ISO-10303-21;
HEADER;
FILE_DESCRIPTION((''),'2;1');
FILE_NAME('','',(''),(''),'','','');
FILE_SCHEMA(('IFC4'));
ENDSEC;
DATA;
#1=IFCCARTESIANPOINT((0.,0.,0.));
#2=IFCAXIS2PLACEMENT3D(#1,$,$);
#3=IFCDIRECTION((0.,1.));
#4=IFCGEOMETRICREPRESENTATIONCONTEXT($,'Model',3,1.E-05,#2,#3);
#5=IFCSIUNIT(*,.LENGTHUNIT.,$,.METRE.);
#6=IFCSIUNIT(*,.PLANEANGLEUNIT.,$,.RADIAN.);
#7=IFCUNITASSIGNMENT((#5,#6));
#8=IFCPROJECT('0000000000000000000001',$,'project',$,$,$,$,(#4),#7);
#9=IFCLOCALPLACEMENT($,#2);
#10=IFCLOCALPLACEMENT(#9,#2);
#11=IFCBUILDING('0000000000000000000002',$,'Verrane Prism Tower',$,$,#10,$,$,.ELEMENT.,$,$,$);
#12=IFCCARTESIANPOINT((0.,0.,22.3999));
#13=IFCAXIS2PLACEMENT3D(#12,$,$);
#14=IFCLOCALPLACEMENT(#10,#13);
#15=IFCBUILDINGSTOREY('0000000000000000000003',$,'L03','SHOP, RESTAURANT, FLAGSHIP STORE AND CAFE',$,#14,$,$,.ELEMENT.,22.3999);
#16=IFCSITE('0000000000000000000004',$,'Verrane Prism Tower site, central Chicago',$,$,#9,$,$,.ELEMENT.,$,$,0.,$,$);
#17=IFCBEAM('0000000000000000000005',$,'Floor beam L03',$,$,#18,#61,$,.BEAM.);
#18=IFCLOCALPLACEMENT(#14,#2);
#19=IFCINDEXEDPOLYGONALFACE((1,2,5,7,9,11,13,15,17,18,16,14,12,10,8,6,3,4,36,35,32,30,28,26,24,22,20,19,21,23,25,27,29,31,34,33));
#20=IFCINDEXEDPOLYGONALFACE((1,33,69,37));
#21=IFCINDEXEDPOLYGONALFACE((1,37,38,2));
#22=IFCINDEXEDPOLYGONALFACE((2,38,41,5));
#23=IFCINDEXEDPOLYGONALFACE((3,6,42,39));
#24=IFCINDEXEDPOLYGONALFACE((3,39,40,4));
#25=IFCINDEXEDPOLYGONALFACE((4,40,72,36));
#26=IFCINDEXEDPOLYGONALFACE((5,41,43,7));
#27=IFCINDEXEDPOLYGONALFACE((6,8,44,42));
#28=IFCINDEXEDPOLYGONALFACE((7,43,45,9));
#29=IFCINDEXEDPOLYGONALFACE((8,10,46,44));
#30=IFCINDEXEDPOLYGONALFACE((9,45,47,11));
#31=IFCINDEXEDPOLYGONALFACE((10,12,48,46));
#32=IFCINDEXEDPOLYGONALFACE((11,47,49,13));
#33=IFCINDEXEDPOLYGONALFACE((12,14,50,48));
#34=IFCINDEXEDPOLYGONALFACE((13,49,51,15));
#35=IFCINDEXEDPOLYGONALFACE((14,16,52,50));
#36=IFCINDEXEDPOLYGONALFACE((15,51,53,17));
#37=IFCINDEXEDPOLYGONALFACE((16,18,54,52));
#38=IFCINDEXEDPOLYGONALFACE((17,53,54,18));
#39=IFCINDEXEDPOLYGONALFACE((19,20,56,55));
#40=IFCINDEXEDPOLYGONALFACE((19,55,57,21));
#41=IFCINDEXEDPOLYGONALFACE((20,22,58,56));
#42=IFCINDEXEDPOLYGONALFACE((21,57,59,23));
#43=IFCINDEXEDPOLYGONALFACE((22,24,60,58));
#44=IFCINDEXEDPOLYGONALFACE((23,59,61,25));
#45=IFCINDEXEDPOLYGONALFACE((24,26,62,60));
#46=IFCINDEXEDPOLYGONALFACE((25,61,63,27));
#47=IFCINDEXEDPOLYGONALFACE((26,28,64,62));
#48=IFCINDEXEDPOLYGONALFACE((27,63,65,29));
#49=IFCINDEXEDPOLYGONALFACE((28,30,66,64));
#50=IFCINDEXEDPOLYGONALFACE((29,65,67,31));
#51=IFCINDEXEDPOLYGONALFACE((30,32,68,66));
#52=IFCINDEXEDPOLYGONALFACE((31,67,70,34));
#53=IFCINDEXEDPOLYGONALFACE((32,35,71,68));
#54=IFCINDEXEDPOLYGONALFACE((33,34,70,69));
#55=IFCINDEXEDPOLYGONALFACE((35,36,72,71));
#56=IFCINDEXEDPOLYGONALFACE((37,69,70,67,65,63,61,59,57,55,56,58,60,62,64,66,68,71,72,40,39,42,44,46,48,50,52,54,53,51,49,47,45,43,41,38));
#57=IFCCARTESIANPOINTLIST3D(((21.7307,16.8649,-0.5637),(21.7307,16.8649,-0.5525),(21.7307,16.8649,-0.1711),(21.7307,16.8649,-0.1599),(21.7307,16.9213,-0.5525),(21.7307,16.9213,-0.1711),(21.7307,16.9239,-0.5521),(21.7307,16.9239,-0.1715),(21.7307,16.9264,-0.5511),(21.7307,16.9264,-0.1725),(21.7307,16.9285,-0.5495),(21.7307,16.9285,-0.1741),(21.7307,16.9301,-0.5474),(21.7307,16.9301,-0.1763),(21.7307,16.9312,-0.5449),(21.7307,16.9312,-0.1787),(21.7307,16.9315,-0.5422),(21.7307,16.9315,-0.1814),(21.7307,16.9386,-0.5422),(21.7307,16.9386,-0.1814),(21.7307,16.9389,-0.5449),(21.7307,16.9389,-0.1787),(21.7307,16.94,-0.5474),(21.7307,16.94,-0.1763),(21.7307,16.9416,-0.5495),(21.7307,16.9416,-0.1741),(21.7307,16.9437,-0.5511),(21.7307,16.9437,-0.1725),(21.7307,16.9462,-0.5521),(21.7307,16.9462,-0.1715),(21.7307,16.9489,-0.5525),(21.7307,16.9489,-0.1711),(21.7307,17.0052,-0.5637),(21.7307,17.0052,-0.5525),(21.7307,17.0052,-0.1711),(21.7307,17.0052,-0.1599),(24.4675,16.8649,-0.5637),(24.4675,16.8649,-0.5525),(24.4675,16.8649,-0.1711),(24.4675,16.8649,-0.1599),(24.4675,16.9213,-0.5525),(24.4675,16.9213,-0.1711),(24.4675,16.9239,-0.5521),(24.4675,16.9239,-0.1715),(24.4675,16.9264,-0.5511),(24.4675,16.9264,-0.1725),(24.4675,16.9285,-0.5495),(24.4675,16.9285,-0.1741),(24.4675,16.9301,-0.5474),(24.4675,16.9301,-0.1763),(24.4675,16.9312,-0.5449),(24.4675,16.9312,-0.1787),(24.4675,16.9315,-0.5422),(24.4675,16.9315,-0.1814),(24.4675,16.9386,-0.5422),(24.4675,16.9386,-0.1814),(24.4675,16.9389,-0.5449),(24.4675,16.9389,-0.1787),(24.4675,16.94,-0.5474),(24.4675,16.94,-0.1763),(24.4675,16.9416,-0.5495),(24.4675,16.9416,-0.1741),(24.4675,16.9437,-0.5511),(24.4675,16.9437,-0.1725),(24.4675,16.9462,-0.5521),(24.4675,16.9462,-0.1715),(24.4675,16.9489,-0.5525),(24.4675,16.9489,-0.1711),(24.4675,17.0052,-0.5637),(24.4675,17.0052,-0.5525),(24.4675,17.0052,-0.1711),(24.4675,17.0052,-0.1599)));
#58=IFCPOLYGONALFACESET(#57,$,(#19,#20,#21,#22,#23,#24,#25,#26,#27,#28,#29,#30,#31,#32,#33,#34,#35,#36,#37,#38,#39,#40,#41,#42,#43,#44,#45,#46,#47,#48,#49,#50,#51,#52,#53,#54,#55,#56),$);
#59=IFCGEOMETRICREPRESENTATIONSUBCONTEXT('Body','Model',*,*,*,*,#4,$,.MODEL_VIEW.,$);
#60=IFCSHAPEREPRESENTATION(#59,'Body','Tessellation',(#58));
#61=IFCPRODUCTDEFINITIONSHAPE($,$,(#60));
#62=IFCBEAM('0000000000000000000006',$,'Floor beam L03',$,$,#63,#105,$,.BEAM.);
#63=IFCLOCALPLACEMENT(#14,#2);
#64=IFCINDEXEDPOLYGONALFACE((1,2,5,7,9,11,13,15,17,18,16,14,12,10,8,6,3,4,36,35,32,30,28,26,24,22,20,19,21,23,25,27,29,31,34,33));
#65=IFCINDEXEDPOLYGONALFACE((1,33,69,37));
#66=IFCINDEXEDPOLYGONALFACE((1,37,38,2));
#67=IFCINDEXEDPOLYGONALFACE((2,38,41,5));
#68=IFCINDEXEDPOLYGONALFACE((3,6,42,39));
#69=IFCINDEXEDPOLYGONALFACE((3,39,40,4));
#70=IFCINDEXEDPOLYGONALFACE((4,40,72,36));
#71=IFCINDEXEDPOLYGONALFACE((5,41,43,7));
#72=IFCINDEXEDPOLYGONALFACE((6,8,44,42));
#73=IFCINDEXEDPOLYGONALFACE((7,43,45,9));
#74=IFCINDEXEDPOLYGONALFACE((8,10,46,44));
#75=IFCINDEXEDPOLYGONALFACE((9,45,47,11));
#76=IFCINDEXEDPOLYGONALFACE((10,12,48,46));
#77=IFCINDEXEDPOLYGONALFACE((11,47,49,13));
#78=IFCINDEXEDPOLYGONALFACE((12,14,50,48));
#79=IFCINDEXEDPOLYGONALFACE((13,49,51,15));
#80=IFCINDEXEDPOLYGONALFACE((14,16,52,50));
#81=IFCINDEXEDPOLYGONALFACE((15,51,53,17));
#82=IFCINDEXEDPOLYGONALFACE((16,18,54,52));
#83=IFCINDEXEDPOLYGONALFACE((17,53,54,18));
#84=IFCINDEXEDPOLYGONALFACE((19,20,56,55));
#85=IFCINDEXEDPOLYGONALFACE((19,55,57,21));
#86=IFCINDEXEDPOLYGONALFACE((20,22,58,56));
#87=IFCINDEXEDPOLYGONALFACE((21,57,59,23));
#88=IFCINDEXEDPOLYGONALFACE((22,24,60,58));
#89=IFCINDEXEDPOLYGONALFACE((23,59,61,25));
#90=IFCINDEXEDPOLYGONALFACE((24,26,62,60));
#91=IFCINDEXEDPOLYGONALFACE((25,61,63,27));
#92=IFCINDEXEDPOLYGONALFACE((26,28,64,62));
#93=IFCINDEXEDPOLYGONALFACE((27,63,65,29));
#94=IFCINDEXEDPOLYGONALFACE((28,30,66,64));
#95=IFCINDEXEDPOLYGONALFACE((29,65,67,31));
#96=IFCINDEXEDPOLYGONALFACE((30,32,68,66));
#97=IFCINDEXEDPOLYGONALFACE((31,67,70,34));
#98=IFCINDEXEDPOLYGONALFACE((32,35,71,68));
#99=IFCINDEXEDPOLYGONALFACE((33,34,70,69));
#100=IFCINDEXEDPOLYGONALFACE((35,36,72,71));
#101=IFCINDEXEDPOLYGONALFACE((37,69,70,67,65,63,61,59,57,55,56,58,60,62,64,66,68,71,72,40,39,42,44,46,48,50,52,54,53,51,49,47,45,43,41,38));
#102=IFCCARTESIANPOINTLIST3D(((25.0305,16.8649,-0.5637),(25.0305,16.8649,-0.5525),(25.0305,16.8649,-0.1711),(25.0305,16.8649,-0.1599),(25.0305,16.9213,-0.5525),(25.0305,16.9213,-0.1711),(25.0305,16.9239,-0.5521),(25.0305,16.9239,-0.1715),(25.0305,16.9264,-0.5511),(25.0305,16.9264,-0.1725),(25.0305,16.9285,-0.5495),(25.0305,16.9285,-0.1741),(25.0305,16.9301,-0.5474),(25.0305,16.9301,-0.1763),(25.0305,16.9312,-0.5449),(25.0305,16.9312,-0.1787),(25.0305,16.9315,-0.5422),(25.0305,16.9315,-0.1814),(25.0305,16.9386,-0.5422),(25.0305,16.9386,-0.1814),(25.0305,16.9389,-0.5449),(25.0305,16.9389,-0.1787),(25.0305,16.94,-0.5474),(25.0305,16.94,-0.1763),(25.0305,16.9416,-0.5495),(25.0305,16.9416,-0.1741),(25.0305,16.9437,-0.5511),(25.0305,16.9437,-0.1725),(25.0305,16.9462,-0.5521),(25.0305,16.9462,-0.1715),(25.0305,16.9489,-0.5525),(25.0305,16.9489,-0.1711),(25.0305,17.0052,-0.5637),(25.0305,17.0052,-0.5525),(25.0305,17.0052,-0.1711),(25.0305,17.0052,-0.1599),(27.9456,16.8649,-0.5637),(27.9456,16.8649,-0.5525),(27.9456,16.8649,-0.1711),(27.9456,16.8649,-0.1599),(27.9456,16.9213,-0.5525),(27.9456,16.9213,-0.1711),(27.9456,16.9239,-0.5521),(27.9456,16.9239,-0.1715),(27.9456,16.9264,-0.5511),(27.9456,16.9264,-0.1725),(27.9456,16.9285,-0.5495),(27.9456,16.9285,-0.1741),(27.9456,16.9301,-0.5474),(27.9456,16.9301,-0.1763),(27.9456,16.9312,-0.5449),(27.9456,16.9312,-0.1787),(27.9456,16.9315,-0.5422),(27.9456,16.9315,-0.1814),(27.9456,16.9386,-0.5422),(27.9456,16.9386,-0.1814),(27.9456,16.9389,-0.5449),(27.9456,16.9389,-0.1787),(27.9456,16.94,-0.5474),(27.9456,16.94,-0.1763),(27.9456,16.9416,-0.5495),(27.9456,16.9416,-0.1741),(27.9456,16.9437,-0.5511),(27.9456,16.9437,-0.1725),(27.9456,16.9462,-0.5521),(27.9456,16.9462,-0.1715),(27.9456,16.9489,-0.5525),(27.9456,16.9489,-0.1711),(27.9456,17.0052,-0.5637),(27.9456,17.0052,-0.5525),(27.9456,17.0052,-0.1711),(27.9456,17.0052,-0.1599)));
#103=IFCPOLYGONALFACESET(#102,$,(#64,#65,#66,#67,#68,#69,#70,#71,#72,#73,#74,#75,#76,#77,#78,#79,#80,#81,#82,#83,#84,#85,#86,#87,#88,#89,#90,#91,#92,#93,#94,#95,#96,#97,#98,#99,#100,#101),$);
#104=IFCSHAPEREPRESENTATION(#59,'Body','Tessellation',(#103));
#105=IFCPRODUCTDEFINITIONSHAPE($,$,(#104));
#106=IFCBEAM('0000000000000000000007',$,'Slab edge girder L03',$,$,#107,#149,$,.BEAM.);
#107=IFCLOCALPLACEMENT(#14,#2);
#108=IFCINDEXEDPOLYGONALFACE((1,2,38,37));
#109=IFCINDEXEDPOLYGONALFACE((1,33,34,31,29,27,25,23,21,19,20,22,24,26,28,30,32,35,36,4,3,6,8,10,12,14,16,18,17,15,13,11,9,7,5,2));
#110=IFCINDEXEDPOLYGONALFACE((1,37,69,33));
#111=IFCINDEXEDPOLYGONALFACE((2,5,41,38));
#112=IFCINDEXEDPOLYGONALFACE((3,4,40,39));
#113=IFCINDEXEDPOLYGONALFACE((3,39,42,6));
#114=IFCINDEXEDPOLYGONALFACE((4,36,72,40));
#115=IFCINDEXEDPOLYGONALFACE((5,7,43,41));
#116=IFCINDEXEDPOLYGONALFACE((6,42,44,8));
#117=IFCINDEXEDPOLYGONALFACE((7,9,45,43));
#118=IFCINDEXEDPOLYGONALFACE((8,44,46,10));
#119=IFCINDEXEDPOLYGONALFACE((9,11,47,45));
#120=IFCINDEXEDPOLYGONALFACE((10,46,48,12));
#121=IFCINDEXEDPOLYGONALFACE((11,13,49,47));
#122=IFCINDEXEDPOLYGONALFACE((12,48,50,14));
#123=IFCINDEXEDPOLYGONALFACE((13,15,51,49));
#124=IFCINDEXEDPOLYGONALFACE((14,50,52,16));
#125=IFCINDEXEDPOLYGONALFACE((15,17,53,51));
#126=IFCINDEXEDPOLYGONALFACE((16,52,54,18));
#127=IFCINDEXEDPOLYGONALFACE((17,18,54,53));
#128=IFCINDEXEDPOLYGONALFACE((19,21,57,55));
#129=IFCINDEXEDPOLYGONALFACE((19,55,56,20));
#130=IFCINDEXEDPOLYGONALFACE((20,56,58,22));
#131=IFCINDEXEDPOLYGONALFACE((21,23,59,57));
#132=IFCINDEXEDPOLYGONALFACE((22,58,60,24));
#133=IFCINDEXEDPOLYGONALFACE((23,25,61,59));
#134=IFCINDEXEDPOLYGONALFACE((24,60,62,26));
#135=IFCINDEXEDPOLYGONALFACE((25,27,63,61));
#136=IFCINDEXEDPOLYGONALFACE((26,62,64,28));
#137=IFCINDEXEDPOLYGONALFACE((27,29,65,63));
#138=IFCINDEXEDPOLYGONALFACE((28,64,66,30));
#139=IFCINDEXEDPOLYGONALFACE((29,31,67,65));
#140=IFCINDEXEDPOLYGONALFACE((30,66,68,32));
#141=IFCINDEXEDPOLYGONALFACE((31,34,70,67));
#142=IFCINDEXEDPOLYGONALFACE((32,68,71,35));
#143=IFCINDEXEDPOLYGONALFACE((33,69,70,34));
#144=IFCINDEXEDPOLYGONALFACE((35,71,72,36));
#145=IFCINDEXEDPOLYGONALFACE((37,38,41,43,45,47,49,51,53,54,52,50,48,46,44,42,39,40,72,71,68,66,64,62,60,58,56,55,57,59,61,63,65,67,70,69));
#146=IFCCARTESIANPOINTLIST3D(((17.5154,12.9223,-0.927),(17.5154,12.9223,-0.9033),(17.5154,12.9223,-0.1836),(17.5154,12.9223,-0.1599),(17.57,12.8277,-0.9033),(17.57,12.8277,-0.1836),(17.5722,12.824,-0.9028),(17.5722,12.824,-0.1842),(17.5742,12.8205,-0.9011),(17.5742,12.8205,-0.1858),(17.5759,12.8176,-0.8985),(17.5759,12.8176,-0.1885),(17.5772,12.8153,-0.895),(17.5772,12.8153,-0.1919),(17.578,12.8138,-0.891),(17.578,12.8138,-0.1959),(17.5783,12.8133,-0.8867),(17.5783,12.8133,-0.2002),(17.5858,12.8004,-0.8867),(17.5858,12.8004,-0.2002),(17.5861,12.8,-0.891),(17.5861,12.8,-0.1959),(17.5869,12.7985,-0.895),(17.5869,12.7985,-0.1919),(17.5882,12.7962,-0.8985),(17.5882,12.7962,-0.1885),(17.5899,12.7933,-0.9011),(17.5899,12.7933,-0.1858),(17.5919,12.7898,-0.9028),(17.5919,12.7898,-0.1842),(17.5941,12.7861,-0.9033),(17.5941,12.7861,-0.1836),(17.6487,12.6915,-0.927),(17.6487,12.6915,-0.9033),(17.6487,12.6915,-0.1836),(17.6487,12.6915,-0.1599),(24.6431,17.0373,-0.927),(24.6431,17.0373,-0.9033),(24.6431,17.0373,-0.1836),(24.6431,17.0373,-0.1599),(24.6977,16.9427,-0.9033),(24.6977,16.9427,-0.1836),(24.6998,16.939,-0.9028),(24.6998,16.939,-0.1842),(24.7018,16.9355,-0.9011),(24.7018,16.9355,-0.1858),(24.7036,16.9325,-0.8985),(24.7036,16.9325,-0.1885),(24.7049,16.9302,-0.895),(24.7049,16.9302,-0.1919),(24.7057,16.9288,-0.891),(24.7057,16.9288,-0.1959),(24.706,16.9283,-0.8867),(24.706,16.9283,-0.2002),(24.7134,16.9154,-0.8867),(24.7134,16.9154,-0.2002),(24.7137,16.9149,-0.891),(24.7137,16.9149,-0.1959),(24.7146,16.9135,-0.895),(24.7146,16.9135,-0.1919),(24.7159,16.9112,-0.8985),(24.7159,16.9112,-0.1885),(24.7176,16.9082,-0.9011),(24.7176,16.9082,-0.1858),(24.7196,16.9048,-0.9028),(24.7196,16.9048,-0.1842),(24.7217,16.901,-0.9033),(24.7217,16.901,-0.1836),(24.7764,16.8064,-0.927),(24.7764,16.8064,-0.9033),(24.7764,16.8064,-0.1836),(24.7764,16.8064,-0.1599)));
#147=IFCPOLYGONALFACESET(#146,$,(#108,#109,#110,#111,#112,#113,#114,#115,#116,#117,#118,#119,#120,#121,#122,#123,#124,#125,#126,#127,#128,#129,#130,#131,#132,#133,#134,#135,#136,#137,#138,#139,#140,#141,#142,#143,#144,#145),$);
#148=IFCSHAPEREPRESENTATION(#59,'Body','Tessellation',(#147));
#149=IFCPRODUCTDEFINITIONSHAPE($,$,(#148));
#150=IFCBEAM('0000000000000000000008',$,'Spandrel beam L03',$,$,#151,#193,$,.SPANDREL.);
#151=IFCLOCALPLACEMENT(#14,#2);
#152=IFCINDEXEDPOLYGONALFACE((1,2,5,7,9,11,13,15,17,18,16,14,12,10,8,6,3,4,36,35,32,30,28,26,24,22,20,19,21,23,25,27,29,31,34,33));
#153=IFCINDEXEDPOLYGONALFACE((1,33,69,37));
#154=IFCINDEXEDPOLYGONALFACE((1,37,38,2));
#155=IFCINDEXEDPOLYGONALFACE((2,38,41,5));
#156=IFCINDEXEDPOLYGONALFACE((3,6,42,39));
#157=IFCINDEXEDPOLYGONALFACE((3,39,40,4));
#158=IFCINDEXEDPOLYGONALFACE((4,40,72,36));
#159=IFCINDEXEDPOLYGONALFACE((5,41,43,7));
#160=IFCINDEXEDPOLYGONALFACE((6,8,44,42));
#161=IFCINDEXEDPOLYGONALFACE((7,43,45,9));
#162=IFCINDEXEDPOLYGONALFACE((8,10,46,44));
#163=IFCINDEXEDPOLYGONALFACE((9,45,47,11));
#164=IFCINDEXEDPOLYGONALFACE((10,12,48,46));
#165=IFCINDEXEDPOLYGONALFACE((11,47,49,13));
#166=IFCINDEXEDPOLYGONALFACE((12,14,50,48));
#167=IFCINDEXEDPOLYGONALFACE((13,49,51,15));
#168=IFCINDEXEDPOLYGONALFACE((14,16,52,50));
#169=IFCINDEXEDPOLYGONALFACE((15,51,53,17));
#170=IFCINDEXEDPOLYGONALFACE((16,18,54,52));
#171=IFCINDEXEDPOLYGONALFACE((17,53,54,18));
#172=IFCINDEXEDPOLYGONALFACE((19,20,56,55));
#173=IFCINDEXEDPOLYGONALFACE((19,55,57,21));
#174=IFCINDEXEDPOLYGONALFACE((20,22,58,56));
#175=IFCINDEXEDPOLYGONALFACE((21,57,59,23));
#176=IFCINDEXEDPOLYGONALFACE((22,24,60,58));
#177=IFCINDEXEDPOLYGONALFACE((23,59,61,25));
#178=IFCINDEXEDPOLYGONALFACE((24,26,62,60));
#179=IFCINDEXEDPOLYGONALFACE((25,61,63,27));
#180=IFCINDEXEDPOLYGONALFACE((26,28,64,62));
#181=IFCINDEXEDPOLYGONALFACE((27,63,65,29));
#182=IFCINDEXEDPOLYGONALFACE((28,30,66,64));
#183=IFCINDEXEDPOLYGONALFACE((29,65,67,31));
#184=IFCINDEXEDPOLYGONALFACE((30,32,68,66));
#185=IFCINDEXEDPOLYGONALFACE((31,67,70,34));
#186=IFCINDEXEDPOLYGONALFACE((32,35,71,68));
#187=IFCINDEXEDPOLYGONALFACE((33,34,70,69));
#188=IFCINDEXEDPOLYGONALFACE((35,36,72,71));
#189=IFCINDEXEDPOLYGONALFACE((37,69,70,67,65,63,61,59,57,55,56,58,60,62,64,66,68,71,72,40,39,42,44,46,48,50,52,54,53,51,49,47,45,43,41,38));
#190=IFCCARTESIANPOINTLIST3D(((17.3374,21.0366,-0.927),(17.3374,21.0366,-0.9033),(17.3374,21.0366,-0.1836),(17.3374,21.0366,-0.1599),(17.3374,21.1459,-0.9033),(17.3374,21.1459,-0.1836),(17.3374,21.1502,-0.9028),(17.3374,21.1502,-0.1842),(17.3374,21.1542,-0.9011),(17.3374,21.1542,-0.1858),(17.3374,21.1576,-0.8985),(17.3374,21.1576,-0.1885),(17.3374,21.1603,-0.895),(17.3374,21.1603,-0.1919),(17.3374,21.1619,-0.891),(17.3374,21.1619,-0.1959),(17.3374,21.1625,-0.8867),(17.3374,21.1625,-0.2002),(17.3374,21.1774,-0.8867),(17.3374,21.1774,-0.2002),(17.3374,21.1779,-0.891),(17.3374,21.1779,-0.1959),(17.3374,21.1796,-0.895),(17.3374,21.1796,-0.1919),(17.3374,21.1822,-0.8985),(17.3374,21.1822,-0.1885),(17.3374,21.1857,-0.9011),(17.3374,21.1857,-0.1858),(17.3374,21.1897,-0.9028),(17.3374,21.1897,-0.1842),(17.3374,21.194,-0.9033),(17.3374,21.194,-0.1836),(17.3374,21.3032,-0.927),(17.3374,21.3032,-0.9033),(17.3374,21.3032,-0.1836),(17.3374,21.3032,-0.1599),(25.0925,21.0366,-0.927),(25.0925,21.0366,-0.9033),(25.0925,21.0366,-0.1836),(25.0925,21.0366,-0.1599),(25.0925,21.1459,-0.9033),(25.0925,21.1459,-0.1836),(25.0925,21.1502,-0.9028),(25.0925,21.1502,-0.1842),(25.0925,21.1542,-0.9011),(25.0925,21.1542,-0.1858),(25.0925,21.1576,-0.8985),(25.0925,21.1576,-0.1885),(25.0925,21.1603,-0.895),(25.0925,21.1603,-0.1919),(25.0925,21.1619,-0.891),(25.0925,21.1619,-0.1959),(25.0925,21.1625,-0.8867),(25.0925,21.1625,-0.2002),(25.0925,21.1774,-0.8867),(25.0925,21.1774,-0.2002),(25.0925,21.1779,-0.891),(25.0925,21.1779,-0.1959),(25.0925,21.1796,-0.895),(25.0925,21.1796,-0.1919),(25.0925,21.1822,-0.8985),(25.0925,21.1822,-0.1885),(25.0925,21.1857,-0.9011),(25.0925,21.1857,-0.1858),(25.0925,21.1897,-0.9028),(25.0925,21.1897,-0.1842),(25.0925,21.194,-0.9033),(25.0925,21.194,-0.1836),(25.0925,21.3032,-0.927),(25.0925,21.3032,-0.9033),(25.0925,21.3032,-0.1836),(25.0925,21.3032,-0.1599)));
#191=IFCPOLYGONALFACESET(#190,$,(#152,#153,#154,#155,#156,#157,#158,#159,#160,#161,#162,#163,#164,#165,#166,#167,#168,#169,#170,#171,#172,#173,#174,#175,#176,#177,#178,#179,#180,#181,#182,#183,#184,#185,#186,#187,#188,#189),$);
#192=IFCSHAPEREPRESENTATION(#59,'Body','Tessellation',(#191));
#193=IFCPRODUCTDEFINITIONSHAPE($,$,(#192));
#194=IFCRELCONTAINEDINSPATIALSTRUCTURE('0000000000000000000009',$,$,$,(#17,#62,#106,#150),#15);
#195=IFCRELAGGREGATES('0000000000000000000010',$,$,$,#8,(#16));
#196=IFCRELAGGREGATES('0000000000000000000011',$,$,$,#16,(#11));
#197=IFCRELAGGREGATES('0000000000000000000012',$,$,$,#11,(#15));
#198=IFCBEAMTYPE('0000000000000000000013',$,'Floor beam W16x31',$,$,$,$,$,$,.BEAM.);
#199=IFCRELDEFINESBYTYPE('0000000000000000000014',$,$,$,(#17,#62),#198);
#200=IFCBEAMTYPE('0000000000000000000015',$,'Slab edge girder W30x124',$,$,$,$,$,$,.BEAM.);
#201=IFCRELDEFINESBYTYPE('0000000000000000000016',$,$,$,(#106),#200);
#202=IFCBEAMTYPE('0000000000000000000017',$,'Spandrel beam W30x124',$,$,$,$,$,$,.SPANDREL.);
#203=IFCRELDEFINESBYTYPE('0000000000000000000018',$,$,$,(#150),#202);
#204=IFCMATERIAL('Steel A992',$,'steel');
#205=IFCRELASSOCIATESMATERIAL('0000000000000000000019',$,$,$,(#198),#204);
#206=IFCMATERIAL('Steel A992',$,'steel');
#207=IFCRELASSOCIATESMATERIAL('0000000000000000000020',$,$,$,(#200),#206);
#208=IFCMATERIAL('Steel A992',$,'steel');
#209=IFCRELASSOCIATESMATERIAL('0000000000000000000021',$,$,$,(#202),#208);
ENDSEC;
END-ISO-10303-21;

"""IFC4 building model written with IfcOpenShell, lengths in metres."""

from ifc_helpers import new_model, si_unit, direction, frame, origin, origin_2d, place, context, subcontext, project, spatial, i_section, extrude, material, material_profile, profile_set, type_object, element, save


model = new_model("IFC4")

# Units and contexts
model_context = context("Model", 3, precision=1e-05, world=origin(), true_north=direction((0.0, 1.0)))
body_context = subcontext(model_context, "Body", "Model", "MODEL_VIEW")
ifc_project = project(units=[si_unit("LENGTHUNIT", "METRE"), si_unit("PLANEANGLEUNIT", "RADIAN")], contexts=[model_context])

# Site, building, storey
site_placement = place(None, origin())
site = spatial("IfcSite", under=ifc_project, at=site_placement, Name="Verrane Prism Tower site, central Chicago", CompositionType="ELEMENT", RefElevation=0.0)
building_placement = place(site_placement, origin())
building = spatial("IfcBuilding", under=site, at=building_placement, Name="Verrane Prism Tower", CompositionType="ELEMENT")
storey_placement = place(building_placement, frame((0.0, 0.0, 22.3999)))
storey = spatial("IfcBuildingStorey", under=building, at=storey_placement, Name="L03", Description="SHOP, RESTAURANT, FLAGSHIP STORE AND CAFE", CompositionType="ELEMENT", Elevation=22.3999)

# Beams
ifc_material_1 = material(Name="Steel A992", Category="steel")
ifc_material_profile_1 = material_profile(ifc_material_1, i_section(OverallWidth=0.1404, OverallDepth=0.4038, WebThickness=0.0071, FlangeThickness=0.0112, FilletRadius=0.0103, at=origin_2d()), Name="W16x31")
ifc_profile_set_1 = profile_set([ifc_material_profile_1], Name="Steel A992")
beam_type_1 = type_object("IfcBeamType", Name="Floor beam W16x31", PredefinedType="BEAM", material=ifc_profile_set_1)
beam_1_placement = place(storey_placement, frame((21.7307, 16.9351, -0.3618), z_axis=(1.0, 0.0, 0.0), x_axis=(0.0, 1.0, 0.0)))
element("IfcBeam", 1, at=beam_1_placement, inside=storey, type_object=beam_type_1, Name="Floor beam L03", PredefinedType="BEAM", context=body_context, shape_type="SweptSolid", body=[
    extrude(i_section(OverallWidth=0.1404, OverallDepth=0.4038, WebThickness=0.0071, FlangeThickness=0.0112, FilletRadius=0.0103, at=origin_2d()), origin(), (0.0, 0.0, 1.0), 2.7368),
])
beam_2_placement = place(storey_placement, frame((25.0305, 16.9351, -0.3618), z_axis=(1.0, 0.0, 0.0), x_axis=(0.0, 1.0, 0.0)))
element("IfcBeam", 2, at=beam_2_placement, inside=storey, type_object=beam_type_1, Name="Floor beam L03", PredefinedType="BEAM", context=body_context, shape_type="SweptSolid", body=[
    extrude(i_section(OverallWidth=0.1404, OverallDepth=0.4038, WebThickness=0.0071, FlangeThickness=0.0112, FilletRadius=0.0103, at=origin_2d()), origin(), (0.0, 0.0, 1.0), 2.915),
])
ifc_material_2 = material(Name="Steel A992", Category="steel")
ifc_material_profile_2 = material_profile(ifc_material_2, i_section(OverallWidth=0.2666, OverallDepth=0.7671, WebThickness=0.0149, FlangeThickness=0.0237, FilletRadius=0.0166, at=origin_2d()), Name="W30x124")
ifc_profile_set_2 = profile_set([ifc_material_profile_2], Name="Steel A992")
beam_type_2 = type_object("IfcBeamType", Name="Slab edge girder W30x124", PredefinedType="BEAM", material=ifc_profile_set_2)
beam_3_placement = place(storey_placement, frame((24.7097, 16.9219, -0.5435), z_axis=(-0.866035, -0.499984, 0.0), x_axis=(0.499984, -0.866035, 0.0)))
element("IfcBeam", 3, at=beam_3_placement, inside=storey, type_object=beam_type_2, Name="Slab edge girder L03", PredefinedType="BEAM", context=body_context, shape_type="SweptSolid", body=[
    extrude(i_section(OverallWidth=0.2666, OverallDepth=0.7671, WebThickness=0.0149, FlangeThickness=0.0237, FilletRadius=0.0166, at=origin_2d()), origin(), (0.0, 0.0, 1.0), 8.2302),
])
ifc_material_3 = material(Name="Steel A992", Category="steel")
ifc_material_profile_3 = material_profile(ifc_material_3, i_section(OverallWidth=0.2666, OverallDepth=0.7671, WebThickness=0.0149, FlangeThickness=0.0237, FilletRadius=0.0166, at=origin_2d()), Name="W30x124")
ifc_profile_set_3 = profile_set([ifc_material_profile_3], Name="Steel A992")
beam_type_3 = type_object("IfcBeamType", Name="Spandrel beam W30x124", PredefinedType="SPANDREL", material=ifc_profile_set_3)
beam_4_placement = place(storey_placement, frame((25.0925, 21.1699, -0.5435), z_axis=(-1.0, 0.0, 0.0), x_axis=(0.0, -1.0, 0.0)))
element("IfcBeam", 4, at=beam_4_placement, inside=storey, type_object=beam_type_3, Name="Spandrel beam L03", PredefinedType="SPANDREL", context=body_context, shape_type="SweptSolid", body=[
    extrude(i_section(OverallWidth=0.2666, OverallDepth=0.7671, WebThickness=0.0149, FlangeThickness=0.0237, FilletRadius=0.0166, at=origin_2d()), origin(), (0.0, 0.0, 1.0), 7.7551),
])

save(model, "model.ifc")
